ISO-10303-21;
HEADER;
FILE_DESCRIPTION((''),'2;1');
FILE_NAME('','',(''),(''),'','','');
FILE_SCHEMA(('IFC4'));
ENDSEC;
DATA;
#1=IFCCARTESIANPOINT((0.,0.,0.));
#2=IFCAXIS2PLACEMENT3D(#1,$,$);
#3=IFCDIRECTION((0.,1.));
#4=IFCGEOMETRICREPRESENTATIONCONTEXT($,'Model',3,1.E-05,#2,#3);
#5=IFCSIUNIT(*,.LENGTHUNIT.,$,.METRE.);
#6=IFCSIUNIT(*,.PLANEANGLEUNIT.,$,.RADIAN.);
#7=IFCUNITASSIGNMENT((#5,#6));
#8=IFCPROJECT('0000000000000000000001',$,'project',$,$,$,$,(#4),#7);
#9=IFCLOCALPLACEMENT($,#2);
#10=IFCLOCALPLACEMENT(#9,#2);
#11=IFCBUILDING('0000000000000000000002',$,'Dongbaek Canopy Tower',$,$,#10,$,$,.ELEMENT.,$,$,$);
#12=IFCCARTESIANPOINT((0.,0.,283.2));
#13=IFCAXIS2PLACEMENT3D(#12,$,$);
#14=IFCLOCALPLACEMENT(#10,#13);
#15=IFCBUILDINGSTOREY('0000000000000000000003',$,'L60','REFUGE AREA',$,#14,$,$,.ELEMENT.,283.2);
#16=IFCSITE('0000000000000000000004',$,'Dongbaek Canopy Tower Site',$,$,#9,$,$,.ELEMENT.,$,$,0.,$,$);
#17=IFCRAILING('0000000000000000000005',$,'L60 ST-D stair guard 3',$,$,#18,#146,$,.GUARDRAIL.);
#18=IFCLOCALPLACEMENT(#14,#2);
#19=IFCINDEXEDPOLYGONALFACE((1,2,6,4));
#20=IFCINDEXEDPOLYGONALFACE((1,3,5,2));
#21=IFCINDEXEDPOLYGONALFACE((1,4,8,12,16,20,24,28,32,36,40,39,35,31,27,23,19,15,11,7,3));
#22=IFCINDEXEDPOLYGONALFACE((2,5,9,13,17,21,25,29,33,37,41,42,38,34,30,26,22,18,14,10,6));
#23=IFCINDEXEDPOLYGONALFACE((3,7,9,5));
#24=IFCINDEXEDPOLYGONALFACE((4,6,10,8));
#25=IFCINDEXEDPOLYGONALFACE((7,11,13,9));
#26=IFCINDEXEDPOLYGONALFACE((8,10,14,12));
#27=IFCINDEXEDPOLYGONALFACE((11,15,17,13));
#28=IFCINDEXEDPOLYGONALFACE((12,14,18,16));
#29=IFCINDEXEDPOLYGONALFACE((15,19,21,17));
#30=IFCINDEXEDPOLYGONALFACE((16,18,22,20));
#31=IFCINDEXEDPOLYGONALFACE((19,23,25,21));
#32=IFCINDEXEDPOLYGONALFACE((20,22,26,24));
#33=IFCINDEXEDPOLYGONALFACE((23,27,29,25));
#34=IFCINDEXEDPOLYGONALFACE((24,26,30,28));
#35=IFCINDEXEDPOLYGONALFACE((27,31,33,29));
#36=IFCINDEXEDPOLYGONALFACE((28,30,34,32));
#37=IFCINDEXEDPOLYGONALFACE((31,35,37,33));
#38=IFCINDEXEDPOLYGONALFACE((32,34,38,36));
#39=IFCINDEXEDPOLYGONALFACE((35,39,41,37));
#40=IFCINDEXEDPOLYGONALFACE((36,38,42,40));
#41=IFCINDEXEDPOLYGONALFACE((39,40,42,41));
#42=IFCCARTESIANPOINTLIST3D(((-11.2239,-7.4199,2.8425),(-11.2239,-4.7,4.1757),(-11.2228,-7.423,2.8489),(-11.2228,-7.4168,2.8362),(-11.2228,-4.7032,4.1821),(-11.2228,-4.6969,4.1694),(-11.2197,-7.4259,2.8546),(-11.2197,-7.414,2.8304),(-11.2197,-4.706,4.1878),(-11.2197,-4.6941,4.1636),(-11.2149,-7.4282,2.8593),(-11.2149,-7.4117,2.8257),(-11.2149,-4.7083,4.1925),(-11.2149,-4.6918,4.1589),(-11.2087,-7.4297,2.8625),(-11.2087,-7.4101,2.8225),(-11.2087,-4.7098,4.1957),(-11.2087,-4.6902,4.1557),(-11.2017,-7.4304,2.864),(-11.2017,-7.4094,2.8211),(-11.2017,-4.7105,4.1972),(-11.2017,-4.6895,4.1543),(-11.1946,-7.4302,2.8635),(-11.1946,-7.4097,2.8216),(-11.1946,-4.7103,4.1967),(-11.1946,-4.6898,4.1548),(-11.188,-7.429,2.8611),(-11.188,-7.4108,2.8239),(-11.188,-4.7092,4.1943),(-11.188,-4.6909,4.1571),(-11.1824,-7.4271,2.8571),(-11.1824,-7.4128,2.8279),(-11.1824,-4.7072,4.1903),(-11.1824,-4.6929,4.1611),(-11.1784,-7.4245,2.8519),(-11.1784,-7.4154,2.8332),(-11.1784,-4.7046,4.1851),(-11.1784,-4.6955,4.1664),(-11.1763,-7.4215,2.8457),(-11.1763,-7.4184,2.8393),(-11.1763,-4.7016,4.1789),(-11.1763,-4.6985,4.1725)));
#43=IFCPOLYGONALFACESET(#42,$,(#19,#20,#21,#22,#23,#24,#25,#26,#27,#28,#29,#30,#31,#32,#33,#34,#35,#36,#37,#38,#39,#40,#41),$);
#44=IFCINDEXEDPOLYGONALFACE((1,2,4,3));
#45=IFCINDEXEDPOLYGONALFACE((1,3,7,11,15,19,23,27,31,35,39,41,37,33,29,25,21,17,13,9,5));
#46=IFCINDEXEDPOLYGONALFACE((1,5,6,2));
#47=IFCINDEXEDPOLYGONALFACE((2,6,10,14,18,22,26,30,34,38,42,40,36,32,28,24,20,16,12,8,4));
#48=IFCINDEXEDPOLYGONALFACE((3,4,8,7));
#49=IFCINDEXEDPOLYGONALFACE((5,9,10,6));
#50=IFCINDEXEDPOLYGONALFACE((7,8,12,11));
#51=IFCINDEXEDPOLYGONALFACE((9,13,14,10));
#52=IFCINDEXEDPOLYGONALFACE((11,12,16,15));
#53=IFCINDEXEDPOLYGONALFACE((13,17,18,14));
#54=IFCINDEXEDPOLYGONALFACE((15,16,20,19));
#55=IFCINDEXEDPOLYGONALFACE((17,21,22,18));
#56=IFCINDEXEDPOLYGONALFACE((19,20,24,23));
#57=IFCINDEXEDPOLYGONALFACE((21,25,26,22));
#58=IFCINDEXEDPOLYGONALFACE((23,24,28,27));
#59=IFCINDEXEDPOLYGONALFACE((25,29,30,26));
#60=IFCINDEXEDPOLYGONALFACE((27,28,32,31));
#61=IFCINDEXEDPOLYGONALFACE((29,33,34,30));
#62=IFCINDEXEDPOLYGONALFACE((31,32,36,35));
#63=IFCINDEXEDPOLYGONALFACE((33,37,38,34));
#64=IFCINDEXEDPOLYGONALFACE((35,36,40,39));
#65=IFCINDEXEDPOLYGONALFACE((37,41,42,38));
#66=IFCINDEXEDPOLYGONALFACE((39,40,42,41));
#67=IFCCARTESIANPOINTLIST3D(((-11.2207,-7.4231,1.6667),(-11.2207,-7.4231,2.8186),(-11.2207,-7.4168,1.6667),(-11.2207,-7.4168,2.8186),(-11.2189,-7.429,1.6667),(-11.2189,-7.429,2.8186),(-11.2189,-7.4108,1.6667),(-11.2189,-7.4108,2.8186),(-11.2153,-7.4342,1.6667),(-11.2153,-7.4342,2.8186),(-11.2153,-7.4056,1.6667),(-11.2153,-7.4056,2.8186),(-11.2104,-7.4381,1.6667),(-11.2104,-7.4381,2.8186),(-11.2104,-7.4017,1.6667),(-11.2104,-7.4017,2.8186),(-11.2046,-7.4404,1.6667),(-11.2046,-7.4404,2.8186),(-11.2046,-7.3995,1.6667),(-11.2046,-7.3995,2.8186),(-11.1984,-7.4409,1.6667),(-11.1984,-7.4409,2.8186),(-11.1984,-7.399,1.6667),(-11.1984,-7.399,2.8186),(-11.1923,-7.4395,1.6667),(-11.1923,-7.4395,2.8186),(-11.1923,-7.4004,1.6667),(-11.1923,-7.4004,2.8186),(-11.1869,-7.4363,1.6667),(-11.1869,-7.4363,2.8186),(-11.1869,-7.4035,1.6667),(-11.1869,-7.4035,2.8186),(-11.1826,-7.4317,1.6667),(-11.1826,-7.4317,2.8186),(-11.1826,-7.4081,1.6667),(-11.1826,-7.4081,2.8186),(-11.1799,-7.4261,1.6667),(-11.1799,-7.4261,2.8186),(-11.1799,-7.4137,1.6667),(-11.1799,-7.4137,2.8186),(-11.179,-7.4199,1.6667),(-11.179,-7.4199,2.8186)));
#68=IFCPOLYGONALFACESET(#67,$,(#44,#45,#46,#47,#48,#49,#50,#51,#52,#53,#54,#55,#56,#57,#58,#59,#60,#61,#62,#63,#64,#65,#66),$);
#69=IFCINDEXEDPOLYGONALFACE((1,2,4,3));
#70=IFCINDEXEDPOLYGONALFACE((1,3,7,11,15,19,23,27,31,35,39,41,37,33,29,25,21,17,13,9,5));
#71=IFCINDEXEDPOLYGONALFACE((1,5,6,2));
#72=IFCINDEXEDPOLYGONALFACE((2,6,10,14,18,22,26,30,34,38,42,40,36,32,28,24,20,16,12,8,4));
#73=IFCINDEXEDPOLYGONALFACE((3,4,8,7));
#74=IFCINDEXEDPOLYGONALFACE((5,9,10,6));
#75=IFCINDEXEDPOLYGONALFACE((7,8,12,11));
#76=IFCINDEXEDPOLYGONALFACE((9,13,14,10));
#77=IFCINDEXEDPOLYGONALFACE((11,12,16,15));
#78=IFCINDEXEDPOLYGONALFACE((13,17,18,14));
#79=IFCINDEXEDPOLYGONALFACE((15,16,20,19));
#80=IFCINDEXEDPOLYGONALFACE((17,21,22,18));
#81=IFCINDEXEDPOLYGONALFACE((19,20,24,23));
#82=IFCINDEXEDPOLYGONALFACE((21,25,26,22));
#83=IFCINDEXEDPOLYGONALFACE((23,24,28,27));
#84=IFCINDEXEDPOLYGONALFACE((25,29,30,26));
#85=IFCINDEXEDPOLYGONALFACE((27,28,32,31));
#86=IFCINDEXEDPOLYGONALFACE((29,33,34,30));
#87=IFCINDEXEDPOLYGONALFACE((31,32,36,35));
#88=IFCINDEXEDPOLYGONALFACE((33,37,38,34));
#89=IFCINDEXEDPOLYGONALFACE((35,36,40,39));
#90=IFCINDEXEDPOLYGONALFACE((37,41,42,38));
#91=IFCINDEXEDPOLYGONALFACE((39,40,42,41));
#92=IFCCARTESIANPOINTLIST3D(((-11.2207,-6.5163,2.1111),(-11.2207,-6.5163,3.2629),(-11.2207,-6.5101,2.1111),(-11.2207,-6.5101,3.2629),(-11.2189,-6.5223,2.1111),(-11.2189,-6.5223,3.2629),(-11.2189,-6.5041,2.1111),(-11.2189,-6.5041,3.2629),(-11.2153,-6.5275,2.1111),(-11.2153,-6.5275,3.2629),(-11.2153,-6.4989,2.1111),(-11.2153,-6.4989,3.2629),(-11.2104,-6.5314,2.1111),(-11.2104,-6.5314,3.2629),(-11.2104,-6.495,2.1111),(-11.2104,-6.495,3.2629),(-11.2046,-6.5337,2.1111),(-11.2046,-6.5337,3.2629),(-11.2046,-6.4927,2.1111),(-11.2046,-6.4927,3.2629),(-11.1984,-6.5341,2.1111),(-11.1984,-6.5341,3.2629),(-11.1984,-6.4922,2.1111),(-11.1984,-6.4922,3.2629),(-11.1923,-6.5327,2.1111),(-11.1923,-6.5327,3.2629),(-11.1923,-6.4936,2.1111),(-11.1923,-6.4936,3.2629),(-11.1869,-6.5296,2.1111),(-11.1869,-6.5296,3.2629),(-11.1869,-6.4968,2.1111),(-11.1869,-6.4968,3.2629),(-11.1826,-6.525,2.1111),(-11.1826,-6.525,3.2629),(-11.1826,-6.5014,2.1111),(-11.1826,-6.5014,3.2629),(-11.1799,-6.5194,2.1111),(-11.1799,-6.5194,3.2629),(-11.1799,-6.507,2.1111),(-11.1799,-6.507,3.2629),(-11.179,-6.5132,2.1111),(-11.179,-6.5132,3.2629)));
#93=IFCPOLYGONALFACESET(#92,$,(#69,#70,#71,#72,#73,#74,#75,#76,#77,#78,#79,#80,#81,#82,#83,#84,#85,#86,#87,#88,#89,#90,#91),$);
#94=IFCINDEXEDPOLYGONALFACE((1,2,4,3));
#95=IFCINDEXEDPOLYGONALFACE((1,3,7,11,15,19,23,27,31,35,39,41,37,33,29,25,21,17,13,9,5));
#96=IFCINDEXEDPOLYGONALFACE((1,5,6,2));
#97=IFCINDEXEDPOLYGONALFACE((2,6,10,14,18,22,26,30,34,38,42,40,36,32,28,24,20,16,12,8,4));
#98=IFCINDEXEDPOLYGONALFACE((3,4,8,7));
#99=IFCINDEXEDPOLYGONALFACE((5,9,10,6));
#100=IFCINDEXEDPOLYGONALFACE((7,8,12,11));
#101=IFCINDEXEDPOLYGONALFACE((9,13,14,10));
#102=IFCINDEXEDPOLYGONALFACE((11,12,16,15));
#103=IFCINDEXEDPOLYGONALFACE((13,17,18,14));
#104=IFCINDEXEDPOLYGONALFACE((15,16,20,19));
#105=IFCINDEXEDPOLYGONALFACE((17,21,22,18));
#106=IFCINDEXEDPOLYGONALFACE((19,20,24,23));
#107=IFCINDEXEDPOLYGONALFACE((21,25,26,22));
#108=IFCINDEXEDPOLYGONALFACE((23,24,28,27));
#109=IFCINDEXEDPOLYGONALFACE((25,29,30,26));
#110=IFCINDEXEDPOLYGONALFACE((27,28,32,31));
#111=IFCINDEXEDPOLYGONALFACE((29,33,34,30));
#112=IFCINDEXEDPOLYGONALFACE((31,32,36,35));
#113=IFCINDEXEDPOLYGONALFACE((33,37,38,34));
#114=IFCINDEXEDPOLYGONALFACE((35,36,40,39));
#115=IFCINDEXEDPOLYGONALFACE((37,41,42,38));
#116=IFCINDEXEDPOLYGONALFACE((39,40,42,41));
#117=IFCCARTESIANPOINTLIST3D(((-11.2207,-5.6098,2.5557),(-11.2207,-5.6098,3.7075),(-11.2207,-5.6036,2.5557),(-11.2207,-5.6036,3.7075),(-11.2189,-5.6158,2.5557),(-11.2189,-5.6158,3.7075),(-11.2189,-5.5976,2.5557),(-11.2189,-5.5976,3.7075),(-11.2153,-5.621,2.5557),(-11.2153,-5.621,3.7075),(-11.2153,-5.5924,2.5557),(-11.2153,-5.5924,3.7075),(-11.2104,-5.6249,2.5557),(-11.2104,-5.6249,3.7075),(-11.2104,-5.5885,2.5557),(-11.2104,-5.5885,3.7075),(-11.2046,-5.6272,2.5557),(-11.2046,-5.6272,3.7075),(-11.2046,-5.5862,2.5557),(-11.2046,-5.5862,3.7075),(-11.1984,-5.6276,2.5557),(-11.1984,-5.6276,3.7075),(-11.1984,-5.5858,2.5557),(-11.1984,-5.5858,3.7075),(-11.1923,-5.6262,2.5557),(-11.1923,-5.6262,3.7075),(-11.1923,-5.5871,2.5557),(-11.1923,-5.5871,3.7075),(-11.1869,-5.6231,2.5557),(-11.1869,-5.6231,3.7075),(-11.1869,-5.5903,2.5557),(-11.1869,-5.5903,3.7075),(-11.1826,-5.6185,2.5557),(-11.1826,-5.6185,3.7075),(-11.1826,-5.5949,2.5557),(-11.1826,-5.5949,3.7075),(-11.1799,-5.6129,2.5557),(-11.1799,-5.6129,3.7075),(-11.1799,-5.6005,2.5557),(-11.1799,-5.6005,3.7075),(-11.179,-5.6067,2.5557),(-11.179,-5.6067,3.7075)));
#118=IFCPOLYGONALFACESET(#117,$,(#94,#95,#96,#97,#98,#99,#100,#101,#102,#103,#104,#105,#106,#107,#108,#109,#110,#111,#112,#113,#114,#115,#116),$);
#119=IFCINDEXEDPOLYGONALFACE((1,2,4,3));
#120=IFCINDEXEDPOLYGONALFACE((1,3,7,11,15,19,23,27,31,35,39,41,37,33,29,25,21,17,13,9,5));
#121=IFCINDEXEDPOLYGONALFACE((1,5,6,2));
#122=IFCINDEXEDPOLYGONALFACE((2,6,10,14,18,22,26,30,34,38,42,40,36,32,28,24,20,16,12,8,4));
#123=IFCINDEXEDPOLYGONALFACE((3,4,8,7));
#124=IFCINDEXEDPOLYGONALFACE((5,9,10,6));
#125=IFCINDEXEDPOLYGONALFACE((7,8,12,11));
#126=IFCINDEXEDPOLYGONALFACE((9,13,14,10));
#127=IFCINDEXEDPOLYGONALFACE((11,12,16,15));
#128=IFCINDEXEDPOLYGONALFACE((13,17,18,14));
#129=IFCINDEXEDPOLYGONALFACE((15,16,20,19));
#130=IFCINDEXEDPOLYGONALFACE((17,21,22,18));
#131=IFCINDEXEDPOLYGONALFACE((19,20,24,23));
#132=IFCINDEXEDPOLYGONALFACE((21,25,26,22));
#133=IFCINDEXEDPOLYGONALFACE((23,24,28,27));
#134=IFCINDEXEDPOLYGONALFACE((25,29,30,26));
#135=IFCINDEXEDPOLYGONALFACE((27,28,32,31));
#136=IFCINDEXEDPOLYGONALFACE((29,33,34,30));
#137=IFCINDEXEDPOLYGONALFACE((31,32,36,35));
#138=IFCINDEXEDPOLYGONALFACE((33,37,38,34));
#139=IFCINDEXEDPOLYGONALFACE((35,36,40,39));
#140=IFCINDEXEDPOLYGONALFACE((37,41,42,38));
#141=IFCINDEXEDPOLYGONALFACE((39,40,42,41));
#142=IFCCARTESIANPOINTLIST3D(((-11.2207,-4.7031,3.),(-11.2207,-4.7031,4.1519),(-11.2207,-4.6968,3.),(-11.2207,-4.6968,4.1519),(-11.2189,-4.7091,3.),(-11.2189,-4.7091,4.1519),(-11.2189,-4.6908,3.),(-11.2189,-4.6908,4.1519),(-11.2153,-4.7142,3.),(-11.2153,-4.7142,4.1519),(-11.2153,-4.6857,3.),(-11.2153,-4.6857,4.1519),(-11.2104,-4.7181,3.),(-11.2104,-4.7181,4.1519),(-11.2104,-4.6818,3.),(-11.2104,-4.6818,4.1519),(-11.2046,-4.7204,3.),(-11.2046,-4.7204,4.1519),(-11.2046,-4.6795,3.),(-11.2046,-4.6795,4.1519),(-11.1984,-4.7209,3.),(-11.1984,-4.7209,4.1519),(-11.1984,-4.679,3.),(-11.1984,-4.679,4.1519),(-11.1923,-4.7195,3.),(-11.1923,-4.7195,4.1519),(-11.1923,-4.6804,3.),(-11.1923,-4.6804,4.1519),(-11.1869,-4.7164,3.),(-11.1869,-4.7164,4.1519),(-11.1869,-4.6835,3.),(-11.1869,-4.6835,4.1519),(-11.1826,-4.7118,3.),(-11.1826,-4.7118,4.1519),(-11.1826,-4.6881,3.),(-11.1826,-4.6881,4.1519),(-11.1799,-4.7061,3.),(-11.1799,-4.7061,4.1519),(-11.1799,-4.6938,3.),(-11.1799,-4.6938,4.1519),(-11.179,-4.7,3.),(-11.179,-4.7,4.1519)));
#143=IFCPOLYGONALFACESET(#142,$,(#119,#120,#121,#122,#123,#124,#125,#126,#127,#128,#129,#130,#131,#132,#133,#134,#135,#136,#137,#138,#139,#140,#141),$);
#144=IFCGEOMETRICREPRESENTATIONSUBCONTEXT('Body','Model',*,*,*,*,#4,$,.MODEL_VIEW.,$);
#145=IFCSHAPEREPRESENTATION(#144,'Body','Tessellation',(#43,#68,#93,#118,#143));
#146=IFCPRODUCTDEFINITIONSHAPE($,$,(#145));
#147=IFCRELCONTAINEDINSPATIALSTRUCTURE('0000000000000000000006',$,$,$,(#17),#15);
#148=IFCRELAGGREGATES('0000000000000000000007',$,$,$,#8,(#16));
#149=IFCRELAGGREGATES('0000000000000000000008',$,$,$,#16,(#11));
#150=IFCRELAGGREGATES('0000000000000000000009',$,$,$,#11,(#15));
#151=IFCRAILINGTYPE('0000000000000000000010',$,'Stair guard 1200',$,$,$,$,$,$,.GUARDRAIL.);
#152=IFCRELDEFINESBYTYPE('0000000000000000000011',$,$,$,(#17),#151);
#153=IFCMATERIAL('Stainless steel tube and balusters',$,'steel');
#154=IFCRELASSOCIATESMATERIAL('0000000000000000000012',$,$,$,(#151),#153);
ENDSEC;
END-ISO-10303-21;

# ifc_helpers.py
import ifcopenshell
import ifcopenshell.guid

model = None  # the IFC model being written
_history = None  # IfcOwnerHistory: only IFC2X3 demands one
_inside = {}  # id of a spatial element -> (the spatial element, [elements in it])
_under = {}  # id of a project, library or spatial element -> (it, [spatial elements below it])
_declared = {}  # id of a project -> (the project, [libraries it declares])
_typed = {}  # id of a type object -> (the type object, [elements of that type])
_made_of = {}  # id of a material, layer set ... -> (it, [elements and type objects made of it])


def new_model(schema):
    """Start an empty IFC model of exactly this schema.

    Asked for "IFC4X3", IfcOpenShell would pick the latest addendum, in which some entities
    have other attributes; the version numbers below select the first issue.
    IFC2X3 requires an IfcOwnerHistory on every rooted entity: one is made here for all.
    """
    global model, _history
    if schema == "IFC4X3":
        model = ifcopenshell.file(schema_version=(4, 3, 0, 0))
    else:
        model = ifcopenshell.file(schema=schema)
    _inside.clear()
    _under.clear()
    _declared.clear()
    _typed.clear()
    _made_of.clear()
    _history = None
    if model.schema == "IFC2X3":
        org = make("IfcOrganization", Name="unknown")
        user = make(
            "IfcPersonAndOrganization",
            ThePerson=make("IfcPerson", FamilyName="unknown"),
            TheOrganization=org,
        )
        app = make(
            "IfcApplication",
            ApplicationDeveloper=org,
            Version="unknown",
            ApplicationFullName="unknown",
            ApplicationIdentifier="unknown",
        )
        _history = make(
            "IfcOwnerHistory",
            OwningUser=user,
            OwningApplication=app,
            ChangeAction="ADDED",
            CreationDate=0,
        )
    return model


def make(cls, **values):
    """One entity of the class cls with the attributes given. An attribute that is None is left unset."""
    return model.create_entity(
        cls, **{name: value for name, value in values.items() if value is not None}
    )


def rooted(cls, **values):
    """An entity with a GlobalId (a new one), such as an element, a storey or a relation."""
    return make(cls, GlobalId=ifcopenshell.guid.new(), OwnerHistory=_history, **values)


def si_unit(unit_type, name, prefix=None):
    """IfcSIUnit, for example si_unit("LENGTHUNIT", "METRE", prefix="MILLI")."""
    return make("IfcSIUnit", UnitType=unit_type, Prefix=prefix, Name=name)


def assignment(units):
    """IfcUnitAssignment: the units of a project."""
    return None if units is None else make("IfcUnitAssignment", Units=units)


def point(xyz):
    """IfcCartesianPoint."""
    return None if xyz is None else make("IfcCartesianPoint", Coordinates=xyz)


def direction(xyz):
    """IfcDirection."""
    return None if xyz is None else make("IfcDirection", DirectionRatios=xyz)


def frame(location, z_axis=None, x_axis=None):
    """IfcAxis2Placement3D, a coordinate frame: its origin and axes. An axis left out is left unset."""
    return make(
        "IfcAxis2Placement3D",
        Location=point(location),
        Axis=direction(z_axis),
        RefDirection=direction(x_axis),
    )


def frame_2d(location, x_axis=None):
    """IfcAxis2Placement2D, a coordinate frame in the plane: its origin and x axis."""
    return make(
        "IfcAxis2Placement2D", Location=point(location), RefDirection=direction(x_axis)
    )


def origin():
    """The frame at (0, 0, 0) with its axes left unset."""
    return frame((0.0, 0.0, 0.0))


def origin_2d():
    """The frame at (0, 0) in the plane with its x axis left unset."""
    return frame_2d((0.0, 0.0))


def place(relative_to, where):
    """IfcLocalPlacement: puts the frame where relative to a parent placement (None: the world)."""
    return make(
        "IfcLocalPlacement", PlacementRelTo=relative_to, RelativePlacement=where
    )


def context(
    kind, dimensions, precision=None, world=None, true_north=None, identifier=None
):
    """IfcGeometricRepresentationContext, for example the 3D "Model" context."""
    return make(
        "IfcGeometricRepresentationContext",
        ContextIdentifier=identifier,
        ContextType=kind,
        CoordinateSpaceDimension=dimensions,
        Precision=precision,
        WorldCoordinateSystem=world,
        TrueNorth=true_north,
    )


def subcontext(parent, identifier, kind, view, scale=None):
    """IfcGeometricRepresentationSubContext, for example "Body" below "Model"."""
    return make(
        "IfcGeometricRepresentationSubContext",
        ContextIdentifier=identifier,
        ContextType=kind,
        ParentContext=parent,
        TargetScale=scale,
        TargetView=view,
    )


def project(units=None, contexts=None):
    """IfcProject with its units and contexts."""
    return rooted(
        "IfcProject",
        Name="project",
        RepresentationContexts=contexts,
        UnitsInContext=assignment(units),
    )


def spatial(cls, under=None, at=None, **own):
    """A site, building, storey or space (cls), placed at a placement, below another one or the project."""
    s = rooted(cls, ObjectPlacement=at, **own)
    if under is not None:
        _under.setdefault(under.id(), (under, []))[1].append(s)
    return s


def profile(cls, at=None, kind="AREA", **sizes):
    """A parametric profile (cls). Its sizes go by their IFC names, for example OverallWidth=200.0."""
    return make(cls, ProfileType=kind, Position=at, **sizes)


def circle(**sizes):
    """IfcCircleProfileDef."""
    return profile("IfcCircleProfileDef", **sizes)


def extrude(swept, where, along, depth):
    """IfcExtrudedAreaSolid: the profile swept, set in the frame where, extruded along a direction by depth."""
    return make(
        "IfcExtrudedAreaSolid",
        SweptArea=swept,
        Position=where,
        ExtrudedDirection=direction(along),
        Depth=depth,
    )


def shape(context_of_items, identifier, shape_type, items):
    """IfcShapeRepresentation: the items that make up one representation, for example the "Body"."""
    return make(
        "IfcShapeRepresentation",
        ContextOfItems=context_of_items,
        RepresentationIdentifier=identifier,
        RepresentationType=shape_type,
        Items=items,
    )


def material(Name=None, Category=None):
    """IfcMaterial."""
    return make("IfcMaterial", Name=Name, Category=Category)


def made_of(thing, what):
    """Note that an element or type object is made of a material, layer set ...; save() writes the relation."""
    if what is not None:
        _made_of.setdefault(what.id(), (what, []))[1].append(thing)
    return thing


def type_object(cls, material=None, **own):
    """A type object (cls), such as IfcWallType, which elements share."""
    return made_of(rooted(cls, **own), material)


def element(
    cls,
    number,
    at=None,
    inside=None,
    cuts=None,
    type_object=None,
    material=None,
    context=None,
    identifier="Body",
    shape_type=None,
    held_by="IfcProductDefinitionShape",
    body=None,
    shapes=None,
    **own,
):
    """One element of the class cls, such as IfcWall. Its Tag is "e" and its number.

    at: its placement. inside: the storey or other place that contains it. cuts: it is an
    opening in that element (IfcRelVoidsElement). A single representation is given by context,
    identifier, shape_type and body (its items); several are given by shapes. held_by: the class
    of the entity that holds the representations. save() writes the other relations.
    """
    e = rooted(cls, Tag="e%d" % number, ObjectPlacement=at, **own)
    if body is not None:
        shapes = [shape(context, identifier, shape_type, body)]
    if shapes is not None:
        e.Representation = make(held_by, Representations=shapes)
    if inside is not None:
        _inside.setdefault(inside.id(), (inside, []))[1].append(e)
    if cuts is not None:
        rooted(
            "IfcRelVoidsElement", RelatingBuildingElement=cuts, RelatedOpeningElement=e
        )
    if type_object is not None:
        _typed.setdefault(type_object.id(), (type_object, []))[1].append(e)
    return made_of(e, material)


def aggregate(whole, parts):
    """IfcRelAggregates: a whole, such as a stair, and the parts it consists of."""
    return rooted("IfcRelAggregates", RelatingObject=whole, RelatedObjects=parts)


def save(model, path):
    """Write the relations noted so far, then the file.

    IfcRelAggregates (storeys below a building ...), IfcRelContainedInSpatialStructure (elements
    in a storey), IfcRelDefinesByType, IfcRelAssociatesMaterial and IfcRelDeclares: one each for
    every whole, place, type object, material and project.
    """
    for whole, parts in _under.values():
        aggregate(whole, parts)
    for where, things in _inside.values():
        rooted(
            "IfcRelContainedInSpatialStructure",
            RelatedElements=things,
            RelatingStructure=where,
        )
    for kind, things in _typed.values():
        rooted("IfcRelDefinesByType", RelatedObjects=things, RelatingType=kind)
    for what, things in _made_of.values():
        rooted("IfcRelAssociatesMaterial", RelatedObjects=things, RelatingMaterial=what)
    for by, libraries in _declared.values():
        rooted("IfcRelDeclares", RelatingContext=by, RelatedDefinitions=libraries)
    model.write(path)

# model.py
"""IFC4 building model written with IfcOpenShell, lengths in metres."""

from ifc_helpers import new_model, si_unit, direction, frame, origin, origin_2d, place, context, subcontext, project, spatial, circle, extrude, material, type_object, element, save


model = new_model("IFC4")

# Units and contexts
model_context = context("Model", 3, precision=1e-05, world=origin(), true_north=direction((0.0, 1.0)))
body_context = subcontext(model_context, "Body", "Model", "MODEL_VIEW")
ifc_project = project(units=[si_unit("LENGTHUNIT", "METRE"), si_unit("PLANEANGLEUNIT", "RADIAN")], contexts=[model_context])

# Site, building, storey
site_placement = place(None, origin())
site = spatial("IfcSite", under=ifc_project, at=site_placement, Name="Dongbaek Canopy Tower Site", CompositionType="ELEMENT", RefElevation=0.0)
building_placement = place(site_placement, origin())
building = spatial("IfcBuilding", under=site, at=building_placement, Name="Dongbaek Canopy Tower", CompositionType="ELEMENT")
storey_placement = place(building_placement, frame((0.0, 0.0, 283.2)))
storey = spatial("IfcBuildingStorey", under=building, at=storey_placement, Name="L60", Description="REFUGE AREA", CompositionType="ELEMENT", Elevation=283.2)

# Railing
ifc_material_1 = material(Name="Stainless steel tube and balusters", Category="steel")
railing_type_1 = type_object("IfcRailingType", Name="Stair guard 1200", PredefinedType="GUARDRAIL", material=ifc_material_1)
for number, where, name in (
    (1, (-11.2, -7.4199, 1.6667), "L60 ST-D stair guard 3"),
):
    element("IfcRailing", number, at=place(storey_placement, frame(where)), inside=storey, type_object=railing_type_1, Name=name, PredefinedType="GUARDRAIL", context=body_context, shape_type="SweptSolid", body=[
        extrude(circle(Radius=0.0239, at=origin_2d()), frame((0.0, 0.0, 1.1758), z_axis=(0.0, 0.897929, 0.440139), x_axis=(-1.0, 0.0, 0.0)), (0.0, 0.0, 1.0), 3.0291),
        extrude(circle(Radius=0.021, at=origin_2d()), origin(), (0.0, 0.0, 1.0), 1.1519),
        extrude(circle(Radius=0.021, at=origin_2d()), frame((0.0, 0.9067, 0.4443)), (0.0, 0.0, 1.0), 1.1519),
        extrude(circle(Radius=0.021, at=origin_2d()), frame((0.0, 1.8132, 0.8889)), (0.0, 0.0, 1.0), 1.1519),
        extrude(circle(Radius=0.021, at=origin_2d()), frame((0.0, 2.72, 1.3333)), (0.0, 0.0, 1.0), 1.1519),
    ])

save(model, "model.ifc")
